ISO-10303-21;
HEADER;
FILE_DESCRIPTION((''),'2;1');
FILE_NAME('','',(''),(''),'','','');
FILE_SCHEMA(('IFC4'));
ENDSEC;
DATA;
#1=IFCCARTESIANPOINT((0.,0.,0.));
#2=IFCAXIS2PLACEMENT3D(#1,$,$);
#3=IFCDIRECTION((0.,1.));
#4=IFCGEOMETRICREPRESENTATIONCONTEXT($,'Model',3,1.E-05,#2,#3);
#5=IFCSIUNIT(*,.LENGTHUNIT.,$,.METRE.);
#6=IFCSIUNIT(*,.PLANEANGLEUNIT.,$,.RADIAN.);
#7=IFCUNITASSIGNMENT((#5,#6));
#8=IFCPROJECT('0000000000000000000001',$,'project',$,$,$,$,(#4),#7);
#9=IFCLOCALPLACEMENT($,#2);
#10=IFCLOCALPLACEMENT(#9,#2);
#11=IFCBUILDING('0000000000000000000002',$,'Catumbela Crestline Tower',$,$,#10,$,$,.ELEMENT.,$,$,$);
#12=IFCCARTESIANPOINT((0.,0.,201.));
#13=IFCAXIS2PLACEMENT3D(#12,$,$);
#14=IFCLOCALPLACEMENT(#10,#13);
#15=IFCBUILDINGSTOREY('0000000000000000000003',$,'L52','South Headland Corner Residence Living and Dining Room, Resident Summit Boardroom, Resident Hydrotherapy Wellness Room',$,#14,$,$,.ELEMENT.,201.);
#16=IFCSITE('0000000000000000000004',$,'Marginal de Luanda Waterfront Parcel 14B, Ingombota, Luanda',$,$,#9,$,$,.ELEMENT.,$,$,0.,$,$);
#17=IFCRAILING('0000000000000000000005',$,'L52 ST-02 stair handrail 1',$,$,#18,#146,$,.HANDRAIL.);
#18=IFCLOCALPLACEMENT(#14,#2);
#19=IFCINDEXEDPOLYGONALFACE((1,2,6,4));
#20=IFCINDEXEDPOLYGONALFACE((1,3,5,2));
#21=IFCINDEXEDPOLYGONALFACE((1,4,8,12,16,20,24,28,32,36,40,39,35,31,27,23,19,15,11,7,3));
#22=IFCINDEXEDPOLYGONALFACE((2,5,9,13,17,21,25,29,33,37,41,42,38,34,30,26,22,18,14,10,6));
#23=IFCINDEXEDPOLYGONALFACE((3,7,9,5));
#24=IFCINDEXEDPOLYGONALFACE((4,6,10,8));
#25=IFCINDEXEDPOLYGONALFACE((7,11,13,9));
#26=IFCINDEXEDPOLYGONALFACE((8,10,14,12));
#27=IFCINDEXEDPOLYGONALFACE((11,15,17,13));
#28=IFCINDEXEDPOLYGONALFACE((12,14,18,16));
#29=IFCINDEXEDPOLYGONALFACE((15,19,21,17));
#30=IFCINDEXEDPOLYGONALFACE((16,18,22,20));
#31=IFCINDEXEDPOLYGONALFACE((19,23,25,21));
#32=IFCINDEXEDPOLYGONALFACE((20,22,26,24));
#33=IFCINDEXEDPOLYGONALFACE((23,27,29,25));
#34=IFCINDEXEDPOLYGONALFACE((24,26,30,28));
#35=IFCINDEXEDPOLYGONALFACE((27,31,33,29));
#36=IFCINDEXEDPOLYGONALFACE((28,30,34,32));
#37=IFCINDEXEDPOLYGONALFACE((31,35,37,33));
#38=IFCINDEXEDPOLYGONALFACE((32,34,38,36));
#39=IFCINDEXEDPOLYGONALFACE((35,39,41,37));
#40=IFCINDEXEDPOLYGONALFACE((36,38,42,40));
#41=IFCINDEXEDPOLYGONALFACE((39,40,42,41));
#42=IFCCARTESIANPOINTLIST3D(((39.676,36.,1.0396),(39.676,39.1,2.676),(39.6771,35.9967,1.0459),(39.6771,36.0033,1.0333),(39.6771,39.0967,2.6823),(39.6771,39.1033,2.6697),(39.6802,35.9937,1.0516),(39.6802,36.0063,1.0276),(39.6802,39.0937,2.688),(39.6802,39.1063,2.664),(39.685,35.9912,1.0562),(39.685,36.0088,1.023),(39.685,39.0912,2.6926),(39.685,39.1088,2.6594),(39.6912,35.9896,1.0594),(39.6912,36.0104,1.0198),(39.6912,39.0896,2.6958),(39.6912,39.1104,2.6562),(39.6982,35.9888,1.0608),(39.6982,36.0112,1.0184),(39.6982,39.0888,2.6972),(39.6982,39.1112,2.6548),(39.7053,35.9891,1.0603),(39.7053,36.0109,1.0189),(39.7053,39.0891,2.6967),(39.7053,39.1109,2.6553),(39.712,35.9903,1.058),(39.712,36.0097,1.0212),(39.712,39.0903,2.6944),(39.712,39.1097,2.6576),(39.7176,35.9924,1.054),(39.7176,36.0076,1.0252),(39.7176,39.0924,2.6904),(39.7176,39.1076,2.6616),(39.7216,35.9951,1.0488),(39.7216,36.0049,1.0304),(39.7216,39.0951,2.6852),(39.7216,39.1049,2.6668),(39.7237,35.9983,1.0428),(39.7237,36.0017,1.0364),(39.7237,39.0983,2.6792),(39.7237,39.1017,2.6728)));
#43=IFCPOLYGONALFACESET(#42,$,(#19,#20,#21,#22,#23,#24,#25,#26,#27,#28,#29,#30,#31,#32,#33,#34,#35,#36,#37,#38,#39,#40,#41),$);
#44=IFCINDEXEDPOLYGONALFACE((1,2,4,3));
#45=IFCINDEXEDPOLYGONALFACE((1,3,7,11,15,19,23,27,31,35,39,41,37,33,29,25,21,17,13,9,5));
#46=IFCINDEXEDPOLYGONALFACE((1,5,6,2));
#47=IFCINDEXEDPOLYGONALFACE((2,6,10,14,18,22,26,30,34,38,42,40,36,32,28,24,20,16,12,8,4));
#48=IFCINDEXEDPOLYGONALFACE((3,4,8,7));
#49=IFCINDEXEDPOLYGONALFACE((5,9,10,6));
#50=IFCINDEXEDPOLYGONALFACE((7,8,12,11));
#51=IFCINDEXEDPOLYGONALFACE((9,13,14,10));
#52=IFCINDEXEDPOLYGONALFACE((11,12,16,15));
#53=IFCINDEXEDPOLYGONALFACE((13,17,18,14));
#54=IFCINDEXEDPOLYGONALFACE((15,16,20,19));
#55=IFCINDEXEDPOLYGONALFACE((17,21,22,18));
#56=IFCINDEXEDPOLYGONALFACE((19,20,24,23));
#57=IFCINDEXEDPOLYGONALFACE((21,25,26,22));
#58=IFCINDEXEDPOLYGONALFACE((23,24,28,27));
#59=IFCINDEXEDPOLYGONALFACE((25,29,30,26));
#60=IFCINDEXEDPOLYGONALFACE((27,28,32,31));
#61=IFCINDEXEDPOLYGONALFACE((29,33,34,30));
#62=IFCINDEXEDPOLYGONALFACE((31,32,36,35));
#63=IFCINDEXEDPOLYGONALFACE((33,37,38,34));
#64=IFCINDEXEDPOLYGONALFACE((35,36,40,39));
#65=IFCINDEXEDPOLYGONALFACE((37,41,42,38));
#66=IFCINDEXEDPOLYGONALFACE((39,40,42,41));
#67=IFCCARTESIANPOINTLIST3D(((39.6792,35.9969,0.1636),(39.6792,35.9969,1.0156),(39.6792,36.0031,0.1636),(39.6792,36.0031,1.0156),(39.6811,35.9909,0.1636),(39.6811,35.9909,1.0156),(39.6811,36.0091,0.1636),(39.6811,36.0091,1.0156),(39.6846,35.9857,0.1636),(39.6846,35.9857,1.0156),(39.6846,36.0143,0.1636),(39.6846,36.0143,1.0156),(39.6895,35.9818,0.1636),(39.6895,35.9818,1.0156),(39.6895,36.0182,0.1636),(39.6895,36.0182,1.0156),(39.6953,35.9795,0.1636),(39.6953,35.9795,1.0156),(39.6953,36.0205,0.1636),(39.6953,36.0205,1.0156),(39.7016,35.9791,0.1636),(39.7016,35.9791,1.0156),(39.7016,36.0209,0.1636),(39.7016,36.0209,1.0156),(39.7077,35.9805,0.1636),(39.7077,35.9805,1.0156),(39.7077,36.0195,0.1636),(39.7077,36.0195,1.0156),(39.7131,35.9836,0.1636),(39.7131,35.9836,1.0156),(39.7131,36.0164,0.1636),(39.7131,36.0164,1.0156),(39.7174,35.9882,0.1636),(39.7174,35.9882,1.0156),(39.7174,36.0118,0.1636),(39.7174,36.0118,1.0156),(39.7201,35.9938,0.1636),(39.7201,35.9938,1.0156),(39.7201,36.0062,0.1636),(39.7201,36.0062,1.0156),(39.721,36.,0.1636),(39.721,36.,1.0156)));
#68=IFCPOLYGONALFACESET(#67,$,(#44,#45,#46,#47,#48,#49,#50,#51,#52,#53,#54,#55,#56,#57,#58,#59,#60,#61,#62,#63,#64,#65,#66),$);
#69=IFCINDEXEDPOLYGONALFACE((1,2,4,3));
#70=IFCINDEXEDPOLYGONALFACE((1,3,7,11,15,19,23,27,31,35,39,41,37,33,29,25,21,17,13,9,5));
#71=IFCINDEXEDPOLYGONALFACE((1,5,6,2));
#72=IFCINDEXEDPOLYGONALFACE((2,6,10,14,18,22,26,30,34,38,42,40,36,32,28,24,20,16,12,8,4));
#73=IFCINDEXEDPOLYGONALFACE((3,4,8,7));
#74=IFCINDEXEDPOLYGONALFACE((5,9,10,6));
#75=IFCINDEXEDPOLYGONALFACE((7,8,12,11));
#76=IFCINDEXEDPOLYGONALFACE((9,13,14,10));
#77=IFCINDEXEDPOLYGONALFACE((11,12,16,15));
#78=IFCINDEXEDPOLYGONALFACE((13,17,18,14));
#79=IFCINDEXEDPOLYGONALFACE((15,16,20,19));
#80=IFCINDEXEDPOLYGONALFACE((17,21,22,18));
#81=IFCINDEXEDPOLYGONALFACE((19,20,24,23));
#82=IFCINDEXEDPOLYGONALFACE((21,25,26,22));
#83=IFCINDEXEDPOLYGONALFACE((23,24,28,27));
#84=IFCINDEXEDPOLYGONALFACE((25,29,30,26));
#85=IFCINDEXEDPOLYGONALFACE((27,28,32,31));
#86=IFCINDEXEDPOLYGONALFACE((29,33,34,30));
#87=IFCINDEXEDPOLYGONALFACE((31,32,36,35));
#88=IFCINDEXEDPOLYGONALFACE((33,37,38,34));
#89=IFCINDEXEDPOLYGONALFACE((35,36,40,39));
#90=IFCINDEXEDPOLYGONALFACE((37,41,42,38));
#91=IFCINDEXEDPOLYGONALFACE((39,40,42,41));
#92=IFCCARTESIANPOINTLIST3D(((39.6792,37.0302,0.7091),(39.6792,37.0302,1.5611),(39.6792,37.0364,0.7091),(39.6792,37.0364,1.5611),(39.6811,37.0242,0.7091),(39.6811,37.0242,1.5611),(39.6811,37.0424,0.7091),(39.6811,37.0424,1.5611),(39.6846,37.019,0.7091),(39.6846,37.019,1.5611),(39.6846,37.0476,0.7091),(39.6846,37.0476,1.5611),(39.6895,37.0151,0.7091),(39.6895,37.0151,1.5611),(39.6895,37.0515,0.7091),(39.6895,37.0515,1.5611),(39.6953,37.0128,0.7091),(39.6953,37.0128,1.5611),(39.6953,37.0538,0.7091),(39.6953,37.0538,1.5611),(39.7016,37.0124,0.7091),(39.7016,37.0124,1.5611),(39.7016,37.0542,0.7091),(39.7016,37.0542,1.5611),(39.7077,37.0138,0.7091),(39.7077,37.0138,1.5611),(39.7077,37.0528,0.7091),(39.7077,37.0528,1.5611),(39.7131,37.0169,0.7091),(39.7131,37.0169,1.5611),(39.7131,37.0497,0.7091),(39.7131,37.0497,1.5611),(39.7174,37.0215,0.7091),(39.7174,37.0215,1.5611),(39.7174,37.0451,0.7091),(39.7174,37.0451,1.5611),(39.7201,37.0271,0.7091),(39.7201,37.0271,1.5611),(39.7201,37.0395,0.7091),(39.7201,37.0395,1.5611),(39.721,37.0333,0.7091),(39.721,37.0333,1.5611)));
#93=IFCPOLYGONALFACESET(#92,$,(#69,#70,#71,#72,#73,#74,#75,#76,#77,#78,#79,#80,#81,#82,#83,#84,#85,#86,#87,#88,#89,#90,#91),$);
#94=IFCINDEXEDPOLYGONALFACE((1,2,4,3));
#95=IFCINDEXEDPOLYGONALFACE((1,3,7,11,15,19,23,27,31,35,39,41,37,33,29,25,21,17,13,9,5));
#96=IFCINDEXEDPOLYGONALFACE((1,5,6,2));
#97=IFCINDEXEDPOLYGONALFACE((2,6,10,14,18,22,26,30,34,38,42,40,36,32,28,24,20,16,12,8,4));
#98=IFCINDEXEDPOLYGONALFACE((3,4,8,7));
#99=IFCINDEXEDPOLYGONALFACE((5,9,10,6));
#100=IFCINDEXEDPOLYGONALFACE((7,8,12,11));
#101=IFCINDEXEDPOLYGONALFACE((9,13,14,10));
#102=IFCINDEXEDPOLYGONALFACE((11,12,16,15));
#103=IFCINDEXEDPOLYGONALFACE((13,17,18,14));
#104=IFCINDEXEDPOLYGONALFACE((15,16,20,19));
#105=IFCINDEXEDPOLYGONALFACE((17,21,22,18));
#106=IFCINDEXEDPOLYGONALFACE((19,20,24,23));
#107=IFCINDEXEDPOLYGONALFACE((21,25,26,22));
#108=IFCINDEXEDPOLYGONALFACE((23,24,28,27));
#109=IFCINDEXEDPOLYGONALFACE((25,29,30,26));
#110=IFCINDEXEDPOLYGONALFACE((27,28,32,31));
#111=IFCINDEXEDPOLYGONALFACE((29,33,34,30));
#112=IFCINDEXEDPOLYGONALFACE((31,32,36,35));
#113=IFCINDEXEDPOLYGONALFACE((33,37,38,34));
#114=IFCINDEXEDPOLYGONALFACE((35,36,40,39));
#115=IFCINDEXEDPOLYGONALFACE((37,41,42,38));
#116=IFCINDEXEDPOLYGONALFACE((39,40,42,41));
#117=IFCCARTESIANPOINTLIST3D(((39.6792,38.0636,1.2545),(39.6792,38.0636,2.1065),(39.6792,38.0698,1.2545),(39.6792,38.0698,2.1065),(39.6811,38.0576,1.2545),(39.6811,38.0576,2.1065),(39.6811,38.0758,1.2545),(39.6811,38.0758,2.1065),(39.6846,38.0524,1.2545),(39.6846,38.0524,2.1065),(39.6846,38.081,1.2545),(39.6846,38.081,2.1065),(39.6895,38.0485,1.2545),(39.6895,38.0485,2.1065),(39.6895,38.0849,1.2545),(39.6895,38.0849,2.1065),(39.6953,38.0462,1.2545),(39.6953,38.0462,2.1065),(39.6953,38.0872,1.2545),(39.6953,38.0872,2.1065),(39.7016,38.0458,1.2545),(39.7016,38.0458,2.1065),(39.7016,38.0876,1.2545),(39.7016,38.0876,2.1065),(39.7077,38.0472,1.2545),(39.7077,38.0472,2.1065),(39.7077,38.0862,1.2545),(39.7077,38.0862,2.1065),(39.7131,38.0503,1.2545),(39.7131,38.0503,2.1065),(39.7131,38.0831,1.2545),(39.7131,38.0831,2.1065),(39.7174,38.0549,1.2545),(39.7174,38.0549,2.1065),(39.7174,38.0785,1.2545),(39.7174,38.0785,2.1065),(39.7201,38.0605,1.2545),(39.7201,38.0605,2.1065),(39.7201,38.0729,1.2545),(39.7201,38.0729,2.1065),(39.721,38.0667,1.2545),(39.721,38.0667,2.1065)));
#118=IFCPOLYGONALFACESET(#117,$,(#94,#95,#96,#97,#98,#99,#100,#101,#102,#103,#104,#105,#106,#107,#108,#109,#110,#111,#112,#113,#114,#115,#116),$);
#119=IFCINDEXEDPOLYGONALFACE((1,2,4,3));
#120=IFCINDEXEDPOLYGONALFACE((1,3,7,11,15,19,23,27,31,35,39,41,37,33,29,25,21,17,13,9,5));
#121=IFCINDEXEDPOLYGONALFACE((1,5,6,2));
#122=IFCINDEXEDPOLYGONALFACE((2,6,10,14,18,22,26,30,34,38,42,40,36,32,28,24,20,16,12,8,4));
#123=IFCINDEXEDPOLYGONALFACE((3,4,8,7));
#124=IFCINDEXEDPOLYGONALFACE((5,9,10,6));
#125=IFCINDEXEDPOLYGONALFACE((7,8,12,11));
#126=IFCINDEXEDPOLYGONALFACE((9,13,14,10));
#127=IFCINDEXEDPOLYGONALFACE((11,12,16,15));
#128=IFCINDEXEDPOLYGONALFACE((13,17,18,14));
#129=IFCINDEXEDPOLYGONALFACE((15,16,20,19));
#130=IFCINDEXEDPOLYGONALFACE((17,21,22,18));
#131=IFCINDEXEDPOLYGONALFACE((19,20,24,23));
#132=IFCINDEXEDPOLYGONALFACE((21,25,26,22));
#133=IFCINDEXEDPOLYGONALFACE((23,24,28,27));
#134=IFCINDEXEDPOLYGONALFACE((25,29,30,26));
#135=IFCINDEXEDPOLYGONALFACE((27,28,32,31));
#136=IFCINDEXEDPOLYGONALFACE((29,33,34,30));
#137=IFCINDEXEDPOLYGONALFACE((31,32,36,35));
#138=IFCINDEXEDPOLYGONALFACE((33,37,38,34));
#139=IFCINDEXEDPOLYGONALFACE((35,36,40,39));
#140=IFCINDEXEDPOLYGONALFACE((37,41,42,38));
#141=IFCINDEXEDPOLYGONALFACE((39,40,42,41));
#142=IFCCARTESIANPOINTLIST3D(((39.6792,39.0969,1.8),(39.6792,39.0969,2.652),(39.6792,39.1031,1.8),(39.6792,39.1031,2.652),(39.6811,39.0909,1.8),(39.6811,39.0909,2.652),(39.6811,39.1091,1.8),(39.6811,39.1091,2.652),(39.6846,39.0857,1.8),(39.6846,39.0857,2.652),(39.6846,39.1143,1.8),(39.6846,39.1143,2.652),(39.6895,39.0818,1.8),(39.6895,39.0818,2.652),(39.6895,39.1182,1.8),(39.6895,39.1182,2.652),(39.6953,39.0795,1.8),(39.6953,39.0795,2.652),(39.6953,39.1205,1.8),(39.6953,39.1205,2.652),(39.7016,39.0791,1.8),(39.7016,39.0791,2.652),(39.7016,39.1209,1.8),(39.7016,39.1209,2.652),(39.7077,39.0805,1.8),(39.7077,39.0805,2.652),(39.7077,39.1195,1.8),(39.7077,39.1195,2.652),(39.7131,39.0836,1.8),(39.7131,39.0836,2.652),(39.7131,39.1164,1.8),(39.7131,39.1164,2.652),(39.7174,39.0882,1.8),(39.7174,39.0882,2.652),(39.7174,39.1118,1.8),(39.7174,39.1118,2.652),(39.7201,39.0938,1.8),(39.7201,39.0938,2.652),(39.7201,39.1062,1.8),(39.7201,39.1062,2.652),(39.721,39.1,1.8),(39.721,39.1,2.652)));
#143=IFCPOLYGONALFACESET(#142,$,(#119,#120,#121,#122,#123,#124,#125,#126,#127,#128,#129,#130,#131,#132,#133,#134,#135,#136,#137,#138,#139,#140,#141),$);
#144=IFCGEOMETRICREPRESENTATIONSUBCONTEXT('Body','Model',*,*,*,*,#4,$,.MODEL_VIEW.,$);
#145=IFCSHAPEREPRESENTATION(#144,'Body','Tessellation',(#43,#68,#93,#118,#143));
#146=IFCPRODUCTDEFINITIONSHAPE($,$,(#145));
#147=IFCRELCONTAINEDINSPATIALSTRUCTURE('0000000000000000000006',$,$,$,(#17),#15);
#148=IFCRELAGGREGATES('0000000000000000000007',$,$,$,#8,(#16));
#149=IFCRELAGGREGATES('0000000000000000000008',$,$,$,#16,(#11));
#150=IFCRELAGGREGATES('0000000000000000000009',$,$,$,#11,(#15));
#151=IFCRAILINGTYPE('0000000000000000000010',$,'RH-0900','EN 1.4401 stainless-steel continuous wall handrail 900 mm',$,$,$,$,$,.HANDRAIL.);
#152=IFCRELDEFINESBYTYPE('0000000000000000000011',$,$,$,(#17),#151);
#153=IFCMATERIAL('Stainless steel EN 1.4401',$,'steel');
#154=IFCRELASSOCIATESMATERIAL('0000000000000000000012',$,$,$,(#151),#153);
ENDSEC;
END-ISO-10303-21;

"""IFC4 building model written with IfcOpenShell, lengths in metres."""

from ifc_helpers import new_model, si_unit, direction, frame, origin, origin_2d, place, context, subcontext, project, spatial, circle, extrude, material, type_object, element, save


model = new_model("IFC4")

# Units and contexts
model_context = context("Model", 3, precision=1e-05, world=origin(), true_north=direction((0.0, 1.0)))
body_context = subcontext(model_context, "Body", "Model", "MODEL_VIEW")
ifc_project = project(units=[si_unit("LENGTHUNIT", "METRE"), si_unit("PLANEANGLEUNIT", "RADIAN")], contexts=[model_context])

# Site, building, storey
site_placement = place(None, origin())
site = spatial("IfcSite", under=ifc_project, at=site_placement, Name="Marginal de Luanda Waterfront Parcel 14B, Ingombota, Luanda", CompositionType="ELEMENT", RefElevation=0.0)
building_placement = place(site_placement, origin())
building = spatial("IfcBuilding", under=site, at=building_placement, Name="Catumbela Crestline Tower", CompositionType="ELEMENT")
storey_placement = place(building_placement, frame((0.0, 0.0, 201.0)))
storey = spatial("IfcBuildingStorey", under=building, at=storey_placement, Name="L52", Description="South Headland Corner Residence Living and Dining Room, Resident Summit Boardroom, Resident Hydrotherapy Wellness Room", CompositionType="ELEMENT", Elevation=201.0)

# Shared definitions
ifc_material_1 = material(Name="Stainless steel EN 1.4401", Category="steel")

# Railing
railing_type_1 = type_object("IfcRailingType", Name="RH-0900", Description="EN 1.4401 stainless-steel continuous wall handrail 900 mm", PredefinedType="HANDRAIL", material=ifc_material_1)
railing_1_placement = place(storey_placement, frame((39.7, 36.0, 0.1636)))
element("IfcRailing", 1, at=railing_1_placement, inside=storey, type_object=railing_type_1, Name="L52 ST-02 stair handrail 1", PredefinedType="HANDRAIL", context=body_context, shape_type="SweptSolid", body=[
    extrude(circle(Radius=0.024, at=origin_2d()), frame((0.0, 0.0, 0.876), z_axis=(0.0, 0.884351, 0.466823), x_axis=(-1.0, 0.0, 0.0)), (0.0, 0.0, 1.0), 3.5054),
    extrude(circle(Radius=0.021, at=origin_2d()), origin(), (0.0, 0.0, 1.0), 0.852),
    extrude(circle(Radius=0.021, at=origin_2d()), frame((0.0, 1.0333, 0.5455)), (0.0, 0.0, 1.0), 0.852),
    extrude(circle(Radius=0.021, at=origin_2d()), frame((0.0, 2.0667, 1.0909)), (0.0, 0.0, 1.0), 0.852),
    extrude(circle(Radius=0.021, at=origin_2d()), frame((0.0, 3.1, 1.6364)), (0.0, 0.0, 1.0), 0.852),
])

save(model, "model.ifc")
